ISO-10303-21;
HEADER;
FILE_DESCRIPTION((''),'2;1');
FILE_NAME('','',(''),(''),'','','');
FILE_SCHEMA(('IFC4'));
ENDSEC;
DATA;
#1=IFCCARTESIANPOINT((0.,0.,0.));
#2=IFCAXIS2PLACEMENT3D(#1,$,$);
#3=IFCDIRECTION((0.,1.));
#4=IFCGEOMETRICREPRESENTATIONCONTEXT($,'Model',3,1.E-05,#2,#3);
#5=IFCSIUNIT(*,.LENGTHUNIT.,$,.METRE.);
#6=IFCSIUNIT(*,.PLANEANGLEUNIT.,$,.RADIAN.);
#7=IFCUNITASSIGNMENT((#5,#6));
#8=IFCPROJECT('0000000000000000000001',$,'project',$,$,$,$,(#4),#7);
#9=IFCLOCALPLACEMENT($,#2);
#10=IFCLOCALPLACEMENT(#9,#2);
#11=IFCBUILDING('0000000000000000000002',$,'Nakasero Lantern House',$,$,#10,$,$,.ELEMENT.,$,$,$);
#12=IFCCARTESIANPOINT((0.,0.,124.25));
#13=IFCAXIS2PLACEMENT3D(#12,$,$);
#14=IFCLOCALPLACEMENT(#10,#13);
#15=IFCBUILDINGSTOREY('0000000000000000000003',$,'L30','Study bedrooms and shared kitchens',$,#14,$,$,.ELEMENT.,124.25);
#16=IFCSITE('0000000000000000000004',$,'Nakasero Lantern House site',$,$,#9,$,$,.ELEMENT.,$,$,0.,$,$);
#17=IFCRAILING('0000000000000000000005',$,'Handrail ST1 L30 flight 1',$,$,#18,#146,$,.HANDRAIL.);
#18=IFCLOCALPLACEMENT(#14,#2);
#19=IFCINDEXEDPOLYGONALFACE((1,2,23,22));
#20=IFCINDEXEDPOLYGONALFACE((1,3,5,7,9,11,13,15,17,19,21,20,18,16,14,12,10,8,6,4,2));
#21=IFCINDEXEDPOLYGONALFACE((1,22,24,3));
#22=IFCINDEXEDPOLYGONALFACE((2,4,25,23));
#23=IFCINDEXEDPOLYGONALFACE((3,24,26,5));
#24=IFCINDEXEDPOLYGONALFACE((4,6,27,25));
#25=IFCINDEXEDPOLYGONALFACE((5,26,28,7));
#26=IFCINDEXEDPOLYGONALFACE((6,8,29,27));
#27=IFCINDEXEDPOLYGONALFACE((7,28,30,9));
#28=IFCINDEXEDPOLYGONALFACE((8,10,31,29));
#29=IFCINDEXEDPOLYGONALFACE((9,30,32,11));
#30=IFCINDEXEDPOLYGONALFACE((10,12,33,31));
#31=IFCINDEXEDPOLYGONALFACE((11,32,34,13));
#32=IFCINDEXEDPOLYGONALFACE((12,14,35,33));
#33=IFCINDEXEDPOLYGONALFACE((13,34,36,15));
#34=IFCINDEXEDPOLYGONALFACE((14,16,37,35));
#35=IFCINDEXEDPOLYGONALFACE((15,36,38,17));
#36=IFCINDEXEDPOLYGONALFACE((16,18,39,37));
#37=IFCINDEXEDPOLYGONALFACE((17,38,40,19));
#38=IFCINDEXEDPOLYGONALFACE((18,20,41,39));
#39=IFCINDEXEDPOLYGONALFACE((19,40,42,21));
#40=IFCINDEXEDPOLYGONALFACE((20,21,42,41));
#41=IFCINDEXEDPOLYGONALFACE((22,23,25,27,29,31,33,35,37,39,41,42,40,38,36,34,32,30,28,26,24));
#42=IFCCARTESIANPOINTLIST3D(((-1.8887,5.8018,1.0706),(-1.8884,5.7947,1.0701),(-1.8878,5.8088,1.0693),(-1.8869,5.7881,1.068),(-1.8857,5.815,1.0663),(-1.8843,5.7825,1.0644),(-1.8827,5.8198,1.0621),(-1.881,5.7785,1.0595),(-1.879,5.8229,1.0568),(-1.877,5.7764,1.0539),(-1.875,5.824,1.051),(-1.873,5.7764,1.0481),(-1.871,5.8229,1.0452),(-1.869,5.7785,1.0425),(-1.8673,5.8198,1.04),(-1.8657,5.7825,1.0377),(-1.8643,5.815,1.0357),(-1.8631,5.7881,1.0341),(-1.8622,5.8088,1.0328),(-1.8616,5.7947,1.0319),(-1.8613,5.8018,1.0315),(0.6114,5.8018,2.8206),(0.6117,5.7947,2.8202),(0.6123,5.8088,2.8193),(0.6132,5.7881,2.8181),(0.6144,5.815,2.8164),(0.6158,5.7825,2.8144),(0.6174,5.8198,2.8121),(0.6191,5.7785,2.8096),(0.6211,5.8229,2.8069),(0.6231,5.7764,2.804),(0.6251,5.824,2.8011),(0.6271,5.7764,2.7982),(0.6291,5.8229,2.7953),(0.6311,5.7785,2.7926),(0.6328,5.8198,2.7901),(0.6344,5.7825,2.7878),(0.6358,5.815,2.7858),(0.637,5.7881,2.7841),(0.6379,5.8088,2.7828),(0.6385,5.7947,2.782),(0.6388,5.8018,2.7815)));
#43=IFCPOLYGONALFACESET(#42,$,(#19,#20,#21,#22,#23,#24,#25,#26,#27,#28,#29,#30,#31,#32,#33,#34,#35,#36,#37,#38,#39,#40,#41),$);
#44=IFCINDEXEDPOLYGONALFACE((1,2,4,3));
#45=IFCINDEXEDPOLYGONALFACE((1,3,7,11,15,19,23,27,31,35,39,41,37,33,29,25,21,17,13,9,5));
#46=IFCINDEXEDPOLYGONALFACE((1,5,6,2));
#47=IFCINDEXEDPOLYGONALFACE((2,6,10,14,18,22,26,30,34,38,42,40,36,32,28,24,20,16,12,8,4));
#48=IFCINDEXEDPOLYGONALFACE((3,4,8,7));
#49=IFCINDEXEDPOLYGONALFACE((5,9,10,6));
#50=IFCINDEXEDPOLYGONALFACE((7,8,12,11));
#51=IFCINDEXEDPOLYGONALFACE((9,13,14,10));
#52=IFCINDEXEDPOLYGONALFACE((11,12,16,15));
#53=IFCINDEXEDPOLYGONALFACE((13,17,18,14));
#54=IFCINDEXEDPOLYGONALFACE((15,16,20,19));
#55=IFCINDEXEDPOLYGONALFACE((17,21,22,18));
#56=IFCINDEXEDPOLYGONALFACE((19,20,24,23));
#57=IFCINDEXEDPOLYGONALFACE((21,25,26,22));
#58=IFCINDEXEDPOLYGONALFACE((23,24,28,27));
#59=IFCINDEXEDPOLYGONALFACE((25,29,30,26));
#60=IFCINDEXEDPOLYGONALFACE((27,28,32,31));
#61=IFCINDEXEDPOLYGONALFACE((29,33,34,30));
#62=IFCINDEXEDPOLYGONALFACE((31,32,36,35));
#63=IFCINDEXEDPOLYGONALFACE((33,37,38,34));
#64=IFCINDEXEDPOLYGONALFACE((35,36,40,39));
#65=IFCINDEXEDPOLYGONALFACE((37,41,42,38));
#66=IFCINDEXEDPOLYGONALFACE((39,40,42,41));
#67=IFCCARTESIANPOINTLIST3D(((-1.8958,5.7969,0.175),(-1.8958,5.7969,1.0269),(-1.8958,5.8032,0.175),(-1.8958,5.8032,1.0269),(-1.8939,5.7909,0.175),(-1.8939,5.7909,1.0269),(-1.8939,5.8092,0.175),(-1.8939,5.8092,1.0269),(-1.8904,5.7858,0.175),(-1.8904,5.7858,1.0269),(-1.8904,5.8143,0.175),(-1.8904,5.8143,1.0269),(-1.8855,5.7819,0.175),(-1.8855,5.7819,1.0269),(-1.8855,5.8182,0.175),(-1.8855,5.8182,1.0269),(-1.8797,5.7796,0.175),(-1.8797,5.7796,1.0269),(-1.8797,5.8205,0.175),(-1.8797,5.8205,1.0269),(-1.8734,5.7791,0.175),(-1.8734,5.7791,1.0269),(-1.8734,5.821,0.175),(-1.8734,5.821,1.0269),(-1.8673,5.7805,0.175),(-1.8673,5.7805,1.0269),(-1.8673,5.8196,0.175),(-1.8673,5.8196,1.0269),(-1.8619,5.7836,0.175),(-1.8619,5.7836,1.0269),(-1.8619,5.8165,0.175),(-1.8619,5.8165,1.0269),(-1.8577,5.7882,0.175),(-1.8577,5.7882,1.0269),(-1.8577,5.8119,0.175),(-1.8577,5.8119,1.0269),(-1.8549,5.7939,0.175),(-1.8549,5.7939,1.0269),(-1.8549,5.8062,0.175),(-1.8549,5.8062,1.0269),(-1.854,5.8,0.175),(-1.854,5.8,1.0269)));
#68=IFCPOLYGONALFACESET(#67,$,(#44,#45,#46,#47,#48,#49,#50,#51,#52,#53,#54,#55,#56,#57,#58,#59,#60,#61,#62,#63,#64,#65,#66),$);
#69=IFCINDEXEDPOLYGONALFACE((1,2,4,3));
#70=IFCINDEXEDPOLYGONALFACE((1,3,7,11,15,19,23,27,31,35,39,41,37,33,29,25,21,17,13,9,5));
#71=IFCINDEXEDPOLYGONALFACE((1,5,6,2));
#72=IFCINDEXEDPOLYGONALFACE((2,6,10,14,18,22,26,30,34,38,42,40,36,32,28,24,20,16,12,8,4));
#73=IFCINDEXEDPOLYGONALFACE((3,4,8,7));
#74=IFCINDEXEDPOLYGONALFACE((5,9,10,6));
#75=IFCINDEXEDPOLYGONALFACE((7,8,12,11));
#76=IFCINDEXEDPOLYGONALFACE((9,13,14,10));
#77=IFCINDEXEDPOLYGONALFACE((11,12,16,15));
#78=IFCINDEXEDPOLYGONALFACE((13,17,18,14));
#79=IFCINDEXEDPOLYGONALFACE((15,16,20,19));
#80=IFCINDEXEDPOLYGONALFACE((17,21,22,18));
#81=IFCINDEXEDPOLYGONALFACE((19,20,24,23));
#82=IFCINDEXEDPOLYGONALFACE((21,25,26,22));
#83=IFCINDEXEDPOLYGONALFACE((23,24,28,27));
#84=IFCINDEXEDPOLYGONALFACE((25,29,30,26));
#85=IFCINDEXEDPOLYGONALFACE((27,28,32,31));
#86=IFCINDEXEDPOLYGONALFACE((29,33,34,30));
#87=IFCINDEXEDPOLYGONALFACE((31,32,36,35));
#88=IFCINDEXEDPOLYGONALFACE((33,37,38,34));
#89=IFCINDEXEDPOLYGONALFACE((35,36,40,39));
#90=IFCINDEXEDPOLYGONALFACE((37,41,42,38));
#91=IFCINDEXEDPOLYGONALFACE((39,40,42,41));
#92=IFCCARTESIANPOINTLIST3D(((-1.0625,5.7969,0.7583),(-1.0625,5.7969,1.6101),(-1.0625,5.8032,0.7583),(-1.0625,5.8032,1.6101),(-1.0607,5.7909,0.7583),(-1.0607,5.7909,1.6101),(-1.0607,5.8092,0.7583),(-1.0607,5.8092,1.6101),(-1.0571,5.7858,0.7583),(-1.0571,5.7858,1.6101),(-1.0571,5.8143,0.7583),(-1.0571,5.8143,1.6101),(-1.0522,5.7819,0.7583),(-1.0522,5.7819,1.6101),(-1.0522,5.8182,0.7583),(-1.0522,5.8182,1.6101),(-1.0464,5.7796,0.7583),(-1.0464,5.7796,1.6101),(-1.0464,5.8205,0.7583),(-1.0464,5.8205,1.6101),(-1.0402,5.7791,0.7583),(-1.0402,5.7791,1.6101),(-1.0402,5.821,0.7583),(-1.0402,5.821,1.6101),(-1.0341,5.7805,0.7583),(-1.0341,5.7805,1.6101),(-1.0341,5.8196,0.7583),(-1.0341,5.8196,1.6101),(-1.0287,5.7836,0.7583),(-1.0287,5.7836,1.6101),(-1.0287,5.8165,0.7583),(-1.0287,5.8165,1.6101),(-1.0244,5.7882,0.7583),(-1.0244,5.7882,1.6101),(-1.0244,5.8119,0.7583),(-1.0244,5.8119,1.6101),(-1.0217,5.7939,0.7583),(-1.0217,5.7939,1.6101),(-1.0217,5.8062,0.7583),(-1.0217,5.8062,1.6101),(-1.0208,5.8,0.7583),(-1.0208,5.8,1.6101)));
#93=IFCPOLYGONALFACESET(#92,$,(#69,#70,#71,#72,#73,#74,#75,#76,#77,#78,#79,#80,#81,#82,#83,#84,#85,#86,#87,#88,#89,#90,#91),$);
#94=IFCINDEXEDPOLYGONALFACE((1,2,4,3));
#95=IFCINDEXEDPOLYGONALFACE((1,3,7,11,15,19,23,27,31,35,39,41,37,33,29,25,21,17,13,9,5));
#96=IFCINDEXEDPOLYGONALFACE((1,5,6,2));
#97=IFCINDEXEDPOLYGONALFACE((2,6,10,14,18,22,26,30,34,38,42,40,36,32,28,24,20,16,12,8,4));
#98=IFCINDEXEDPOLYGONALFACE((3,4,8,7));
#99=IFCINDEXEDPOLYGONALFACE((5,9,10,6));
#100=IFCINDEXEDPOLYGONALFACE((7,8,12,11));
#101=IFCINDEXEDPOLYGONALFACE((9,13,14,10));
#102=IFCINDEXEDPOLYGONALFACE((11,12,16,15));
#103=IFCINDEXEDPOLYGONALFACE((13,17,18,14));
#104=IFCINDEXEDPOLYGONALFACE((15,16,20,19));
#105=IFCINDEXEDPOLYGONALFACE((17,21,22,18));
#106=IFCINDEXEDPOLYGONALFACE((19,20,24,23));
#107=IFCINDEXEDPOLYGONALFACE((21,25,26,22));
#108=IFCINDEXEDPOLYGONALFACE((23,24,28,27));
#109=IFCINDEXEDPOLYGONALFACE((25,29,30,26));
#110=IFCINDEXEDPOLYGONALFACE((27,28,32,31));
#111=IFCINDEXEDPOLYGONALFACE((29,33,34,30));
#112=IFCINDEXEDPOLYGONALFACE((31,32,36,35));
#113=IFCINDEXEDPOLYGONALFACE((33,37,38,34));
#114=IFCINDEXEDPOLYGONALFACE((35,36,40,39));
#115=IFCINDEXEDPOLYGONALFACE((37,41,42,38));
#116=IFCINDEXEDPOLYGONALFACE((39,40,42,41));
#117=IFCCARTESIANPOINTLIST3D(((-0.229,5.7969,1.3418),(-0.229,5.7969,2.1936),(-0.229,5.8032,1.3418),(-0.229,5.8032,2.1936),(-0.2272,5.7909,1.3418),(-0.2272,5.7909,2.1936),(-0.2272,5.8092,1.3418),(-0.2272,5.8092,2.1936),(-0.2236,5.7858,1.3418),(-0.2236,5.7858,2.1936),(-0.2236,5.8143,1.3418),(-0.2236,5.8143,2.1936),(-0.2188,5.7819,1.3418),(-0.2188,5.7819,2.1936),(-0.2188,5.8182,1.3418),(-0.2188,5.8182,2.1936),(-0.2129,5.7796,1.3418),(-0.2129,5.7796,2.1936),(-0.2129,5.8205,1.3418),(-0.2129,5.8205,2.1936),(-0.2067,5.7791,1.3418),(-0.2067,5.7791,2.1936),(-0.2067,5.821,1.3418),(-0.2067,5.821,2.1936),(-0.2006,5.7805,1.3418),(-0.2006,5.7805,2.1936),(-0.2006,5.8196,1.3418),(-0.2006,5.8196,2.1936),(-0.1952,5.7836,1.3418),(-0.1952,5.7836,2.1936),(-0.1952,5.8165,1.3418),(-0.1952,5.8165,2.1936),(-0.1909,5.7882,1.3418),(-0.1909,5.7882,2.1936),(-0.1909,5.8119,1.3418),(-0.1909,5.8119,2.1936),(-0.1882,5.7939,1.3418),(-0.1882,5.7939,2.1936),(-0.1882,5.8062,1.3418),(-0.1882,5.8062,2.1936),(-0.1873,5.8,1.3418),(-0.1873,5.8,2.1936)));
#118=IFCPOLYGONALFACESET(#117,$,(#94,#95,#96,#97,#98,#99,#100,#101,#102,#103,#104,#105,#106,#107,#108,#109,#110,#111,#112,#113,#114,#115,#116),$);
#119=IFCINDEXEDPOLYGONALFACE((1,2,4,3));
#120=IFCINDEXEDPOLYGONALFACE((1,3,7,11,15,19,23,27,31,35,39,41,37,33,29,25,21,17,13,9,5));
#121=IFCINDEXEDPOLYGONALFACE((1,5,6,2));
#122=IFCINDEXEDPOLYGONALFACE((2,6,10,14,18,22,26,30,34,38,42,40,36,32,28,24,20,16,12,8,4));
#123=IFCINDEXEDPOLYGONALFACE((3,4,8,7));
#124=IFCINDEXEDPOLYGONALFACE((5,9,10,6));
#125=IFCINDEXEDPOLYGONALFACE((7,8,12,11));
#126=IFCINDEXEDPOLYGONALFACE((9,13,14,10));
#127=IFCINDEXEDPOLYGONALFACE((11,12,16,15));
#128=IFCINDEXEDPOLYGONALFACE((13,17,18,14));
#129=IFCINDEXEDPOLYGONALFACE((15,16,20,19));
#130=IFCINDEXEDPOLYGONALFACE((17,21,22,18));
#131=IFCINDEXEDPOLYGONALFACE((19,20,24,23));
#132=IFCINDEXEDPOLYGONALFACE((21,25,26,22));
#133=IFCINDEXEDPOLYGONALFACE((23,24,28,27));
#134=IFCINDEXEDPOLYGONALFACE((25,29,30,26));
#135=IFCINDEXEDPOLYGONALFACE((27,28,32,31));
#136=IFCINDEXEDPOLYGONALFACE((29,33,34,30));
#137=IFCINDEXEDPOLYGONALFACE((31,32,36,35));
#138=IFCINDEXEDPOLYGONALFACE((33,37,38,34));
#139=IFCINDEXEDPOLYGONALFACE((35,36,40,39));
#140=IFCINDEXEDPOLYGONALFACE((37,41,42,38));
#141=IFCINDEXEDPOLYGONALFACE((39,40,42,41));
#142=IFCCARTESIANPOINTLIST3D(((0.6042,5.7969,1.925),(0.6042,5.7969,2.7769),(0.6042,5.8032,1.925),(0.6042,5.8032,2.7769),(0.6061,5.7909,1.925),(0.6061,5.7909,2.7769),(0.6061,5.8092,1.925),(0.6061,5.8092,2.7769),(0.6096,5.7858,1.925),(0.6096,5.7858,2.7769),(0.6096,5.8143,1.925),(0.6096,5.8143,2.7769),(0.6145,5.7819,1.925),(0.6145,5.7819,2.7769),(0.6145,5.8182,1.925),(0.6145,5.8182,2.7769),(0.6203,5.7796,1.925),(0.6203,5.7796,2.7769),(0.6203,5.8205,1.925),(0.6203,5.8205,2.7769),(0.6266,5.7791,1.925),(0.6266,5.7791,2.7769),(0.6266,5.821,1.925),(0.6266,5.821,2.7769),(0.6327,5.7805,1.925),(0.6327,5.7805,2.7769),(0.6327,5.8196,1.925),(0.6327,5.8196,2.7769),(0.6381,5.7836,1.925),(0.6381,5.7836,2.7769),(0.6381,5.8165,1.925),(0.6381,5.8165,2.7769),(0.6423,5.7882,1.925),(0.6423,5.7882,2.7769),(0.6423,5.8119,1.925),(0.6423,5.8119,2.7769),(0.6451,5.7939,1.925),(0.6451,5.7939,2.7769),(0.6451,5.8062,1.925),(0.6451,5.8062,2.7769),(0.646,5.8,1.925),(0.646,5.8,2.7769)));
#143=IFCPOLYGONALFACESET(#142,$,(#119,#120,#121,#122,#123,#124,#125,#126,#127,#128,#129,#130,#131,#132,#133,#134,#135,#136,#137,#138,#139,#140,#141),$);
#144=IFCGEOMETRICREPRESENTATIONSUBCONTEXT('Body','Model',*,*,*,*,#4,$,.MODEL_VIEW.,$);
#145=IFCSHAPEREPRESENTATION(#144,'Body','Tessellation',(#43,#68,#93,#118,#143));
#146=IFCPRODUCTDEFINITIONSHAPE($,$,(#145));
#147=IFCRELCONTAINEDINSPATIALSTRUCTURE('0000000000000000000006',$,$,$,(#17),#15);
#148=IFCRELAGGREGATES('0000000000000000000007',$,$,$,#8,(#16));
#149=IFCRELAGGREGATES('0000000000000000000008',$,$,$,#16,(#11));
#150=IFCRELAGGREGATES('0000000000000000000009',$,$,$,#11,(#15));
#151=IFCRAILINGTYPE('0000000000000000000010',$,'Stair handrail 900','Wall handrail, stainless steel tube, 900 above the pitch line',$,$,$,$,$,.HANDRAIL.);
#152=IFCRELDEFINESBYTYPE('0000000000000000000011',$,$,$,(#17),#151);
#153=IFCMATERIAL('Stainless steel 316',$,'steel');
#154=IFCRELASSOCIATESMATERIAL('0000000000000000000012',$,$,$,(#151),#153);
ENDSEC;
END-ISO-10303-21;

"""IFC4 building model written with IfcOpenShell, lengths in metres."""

from ifc_helpers import new_model, si_unit, direction, frame, origin, origin_2d, place, context, subcontext, project, spatial, circle, extrude, material, type_object, element, save


model = new_model("IFC4")

# Units and contexts
model_context = context("Model", 3, precision=1e-05, world=origin(), true_north=direction((0.0, 1.0)))
body_context = subcontext(model_context, "Body", "Model", "MODEL_VIEW")
ifc_project = project(units=[si_unit("LENGTHUNIT", "METRE"), si_unit("PLANEANGLEUNIT", "RADIAN")], contexts=[model_context])

# Site, building, storey
site_placement = place(None, origin())
site = spatial("IfcSite", under=ifc_project, at=site_placement, Name="Nakasero Lantern House site", CompositionType="ELEMENT", RefElevation=0.0)
building_placement = place(site_placement, origin())
building = spatial("IfcBuilding", under=site, at=building_placement, Name="Nakasero Lantern House", CompositionType="ELEMENT")
storey_placement = place(building_placement, frame((0.0, 0.0, 124.25)))
storey = spatial("IfcBuildingStorey", under=building, at=storey_placement, Name="L30", Description="Study bedrooms and shared kitchens", CompositionType="ELEMENT", Elevation=124.25)

# Railing
ifc_material_1 = material(Name="Stainless steel 316", Category="steel")
railing_type = type_object("IfcRailingType", Name="Stair handrail 900", Description="Wall handrail, stainless steel tube, 900 above the pitch line", PredefinedType="HANDRAIL", material=ifc_material_1)
railing_placement = place(storey_placement, frame((-1.875, 5.8, 0.175)))
element("IfcRailing", 1, at=railing_placement, inside=storey, type_object=railing_type, Name="Handrail ST1 L30 flight 1", PredefinedType="HANDRAIL", context=body_context, shape_type="SweptSolid", body=[
    extrude(circle(Radius=0.0239, at=origin_2d()), frame((0.0, 0.0, 0.876), z_axis=(0.819232, 0.0, 0.573462), x_axis=(0.0, 1.0, 0.0)), (0.0, 0.0, 1.0), 3.0518),
    extrude(circle(Radius=0.021, at=origin_2d()), origin(), (0.0, 0.0, 1.0), 0.8518),
    extrude(circle(Radius=0.021, at=origin_2d()), frame((0.8333, 0.0, 0.5833)), (0.0, 0.0, 1.0), 0.8518),
    extrude(circle(Radius=0.021, at=origin_2d()), frame((1.6667, 0.0, 1.1667)), (0.0, 0.0, 1.0), 0.8518),
    extrude(circle(Radius=0.021, at=origin_2d()), frame((2.5, 0.0, 1.75)), (0.0, 0.0, 1.0), 0.8518),
])

save(model, "model.ifc")
